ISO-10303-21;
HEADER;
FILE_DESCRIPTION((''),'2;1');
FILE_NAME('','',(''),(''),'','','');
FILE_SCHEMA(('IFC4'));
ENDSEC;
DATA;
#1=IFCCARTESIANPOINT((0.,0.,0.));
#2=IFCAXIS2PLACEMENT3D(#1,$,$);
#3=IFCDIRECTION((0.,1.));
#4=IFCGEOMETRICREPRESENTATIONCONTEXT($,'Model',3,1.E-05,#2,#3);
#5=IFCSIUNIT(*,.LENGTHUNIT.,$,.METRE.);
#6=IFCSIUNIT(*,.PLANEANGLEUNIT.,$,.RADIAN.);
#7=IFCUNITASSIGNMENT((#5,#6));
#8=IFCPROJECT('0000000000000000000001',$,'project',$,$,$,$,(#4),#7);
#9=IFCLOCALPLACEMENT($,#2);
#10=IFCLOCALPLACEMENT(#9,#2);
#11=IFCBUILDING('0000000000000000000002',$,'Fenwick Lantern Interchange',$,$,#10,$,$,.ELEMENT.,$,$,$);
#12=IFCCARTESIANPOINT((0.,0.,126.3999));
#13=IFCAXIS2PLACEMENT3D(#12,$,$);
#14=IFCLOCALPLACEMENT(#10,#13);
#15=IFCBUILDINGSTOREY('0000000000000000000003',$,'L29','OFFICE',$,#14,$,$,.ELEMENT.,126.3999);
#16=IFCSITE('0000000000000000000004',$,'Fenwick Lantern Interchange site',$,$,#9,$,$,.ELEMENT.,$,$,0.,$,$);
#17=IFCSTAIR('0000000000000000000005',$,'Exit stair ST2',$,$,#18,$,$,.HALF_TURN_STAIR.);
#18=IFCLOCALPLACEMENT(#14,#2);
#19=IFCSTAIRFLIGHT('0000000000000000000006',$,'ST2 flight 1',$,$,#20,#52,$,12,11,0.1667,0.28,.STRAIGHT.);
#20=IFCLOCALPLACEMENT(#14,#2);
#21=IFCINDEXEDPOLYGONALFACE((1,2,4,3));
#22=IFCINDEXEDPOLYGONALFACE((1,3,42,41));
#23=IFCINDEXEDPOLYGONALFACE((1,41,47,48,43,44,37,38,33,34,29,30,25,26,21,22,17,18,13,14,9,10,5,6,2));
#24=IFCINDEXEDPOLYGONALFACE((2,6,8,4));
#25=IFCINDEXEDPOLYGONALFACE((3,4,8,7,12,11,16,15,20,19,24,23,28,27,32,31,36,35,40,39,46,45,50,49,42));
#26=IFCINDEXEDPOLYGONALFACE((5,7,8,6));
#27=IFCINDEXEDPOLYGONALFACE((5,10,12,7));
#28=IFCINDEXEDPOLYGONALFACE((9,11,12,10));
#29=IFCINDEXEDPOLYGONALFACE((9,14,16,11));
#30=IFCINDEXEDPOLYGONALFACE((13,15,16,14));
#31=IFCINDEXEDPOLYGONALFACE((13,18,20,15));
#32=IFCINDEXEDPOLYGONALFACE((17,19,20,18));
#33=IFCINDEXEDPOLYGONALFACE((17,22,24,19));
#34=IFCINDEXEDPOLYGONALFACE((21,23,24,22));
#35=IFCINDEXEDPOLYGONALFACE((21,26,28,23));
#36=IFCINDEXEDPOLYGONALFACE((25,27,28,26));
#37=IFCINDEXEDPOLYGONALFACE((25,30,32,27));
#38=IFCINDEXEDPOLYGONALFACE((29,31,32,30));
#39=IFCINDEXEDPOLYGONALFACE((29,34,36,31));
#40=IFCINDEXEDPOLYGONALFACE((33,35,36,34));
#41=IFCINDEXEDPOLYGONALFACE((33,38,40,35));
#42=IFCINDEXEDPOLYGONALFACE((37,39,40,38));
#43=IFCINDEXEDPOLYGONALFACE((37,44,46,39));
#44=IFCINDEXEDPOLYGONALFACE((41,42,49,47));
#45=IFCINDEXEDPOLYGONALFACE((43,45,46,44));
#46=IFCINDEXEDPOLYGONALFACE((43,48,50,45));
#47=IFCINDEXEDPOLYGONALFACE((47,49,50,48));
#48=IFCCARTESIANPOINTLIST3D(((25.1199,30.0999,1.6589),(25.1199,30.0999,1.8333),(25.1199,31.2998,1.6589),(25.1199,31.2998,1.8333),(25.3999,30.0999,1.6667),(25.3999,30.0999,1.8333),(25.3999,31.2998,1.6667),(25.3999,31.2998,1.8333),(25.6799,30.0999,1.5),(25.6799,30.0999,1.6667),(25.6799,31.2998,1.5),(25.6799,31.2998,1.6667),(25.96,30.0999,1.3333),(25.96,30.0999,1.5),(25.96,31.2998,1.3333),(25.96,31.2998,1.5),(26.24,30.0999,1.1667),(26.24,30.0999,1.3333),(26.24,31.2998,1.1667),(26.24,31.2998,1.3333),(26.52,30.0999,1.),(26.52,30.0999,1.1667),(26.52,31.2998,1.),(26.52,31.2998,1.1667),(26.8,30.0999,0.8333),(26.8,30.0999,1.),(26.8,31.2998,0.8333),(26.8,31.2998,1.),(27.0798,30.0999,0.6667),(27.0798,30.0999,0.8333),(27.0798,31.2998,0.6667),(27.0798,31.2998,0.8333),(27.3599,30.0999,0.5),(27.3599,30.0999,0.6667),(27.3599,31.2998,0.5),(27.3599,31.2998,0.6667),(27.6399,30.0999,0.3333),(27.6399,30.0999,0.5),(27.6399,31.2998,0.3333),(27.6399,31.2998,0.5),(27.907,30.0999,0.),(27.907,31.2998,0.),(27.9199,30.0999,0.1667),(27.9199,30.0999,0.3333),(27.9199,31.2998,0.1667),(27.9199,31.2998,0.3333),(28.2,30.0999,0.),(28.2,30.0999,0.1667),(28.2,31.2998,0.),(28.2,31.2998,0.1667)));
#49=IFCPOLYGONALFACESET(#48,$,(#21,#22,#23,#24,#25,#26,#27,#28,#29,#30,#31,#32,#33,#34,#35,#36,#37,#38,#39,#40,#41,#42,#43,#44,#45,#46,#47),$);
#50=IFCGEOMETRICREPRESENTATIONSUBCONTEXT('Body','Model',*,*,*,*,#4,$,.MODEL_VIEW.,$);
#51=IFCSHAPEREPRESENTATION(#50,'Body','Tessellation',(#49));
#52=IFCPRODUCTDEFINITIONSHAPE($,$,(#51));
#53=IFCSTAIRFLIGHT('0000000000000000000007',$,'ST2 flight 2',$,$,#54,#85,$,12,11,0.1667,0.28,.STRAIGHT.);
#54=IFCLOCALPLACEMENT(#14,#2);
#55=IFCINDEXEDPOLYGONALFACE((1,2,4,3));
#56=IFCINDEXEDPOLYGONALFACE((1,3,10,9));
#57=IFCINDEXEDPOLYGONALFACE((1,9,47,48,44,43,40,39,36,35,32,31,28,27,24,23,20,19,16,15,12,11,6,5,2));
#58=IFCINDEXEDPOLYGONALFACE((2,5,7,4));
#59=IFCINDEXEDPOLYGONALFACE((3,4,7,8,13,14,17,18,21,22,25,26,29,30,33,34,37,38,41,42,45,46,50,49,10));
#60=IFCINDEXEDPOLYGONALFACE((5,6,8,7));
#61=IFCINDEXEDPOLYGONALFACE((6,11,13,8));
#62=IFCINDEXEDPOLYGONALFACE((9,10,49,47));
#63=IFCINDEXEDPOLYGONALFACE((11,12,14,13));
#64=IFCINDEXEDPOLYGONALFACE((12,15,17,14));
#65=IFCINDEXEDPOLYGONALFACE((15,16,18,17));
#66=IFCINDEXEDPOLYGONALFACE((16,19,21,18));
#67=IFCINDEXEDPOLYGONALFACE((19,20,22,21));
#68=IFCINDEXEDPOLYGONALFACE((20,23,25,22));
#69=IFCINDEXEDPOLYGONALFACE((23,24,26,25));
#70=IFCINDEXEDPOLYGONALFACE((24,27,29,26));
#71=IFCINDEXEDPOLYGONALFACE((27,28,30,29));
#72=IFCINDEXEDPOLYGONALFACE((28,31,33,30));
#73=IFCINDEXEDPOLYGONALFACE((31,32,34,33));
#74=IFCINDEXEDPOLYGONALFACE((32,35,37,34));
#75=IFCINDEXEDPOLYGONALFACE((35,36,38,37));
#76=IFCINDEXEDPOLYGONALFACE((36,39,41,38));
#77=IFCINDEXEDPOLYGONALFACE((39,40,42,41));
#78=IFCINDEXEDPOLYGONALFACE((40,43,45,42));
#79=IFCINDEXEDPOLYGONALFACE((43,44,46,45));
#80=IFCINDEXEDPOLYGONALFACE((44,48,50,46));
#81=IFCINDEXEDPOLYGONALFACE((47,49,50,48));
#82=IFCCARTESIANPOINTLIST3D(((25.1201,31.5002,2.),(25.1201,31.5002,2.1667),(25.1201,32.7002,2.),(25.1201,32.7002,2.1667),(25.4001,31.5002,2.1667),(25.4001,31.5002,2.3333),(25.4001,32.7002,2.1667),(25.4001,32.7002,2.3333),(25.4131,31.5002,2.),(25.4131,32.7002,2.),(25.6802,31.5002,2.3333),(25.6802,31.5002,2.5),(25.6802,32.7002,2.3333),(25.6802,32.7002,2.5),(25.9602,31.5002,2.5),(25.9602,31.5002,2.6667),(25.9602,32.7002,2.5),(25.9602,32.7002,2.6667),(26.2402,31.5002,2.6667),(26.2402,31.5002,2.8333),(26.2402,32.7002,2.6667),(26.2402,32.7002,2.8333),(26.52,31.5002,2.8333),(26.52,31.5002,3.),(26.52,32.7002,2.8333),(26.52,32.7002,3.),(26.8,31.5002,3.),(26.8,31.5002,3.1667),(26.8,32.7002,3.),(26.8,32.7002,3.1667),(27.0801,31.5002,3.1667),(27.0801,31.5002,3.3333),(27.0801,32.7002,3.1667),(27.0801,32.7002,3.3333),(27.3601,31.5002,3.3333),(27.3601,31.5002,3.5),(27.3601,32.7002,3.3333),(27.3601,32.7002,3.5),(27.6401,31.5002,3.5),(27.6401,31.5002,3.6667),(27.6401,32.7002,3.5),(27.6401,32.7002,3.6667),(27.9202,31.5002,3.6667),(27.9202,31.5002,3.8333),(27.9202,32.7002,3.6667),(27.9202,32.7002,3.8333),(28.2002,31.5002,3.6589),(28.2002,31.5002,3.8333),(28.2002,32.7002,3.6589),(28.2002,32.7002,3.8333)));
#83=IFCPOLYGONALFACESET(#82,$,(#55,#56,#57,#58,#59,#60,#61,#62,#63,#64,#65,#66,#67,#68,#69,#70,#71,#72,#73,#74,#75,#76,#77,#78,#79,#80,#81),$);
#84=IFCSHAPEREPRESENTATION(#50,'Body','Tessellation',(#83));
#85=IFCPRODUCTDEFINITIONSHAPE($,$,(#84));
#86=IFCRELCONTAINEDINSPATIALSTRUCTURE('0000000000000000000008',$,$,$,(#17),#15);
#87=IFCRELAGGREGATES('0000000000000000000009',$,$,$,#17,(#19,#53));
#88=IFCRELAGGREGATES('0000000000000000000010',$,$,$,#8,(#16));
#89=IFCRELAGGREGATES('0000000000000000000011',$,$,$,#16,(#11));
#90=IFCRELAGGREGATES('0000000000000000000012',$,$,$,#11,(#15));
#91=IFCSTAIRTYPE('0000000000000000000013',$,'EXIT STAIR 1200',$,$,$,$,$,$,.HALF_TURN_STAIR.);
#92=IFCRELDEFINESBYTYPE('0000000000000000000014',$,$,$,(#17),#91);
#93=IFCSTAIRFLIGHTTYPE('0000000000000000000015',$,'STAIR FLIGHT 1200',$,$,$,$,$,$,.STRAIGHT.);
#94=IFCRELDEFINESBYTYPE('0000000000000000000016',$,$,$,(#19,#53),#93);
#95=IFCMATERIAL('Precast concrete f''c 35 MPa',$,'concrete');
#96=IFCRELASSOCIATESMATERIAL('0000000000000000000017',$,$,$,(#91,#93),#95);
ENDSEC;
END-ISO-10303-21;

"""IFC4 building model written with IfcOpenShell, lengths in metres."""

from ifc_helpers import new_model, si_unit, direction, frame, origin, place, context, subcontext, project, spatial, polyline, outline, extrude, material, type_object, element, aggregate, save


model = new_model("IFC4")

# Units and contexts
model_context = context("Model", 3, precision=1e-05, world=origin(), true_north=direction((0.0, 1.0)))
body_context = subcontext(model_context, "Body", "Model", "MODEL_VIEW")
ifc_project = project(units=[si_unit("LENGTHUNIT", "METRE"), si_unit("PLANEANGLEUNIT", "RADIAN")], contexts=[model_context])

# Site, building, storey
site_placement = place(None, origin())
site = spatial("IfcSite", under=ifc_project, at=site_placement, Name="Fenwick Lantern Interchange site", CompositionType="ELEMENT", RefElevation=0.0)
building_placement = place(site_placement, origin())
building = spatial("IfcBuilding", under=site, at=building_placement, Name="Fenwick Lantern Interchange", CompositionType="ELEMENT")
storey_placement = place(building_placement, frame((0.0, 0.0, 126.3999)))
storey = spatial("IfcBuildingStorey", under=building, at=storey_placement, Name="L29", Description="OFFICE", CompositionType="ELEMENT", Elevation=126.3999)

# Stair, stair flights
ifc_material_1 = material(Name="Precast concrete f'c 35 MPa", Category="concrete")
stair_type = type_object("IfcStairType", Name="EXIT STAIR 1200", PredefinedType="HALF_TURN_STAIR", material=ifc_material_1)
stair_placement = place(storey_placement, origin())
stair = element("IfcStair", 1, at=stair_placement, inside=storey, type_object=stair_type, Name="Exit stair ST2", PredefinedType="HALF_TURN_STAIR")
stair_flight_type = type_object("IfcStairFlightType", Name="STAIR FLIGHT 1200", PredefinedType="STRAIGHT", material=ifc_material_1)
stair_flight_1_placement = place(storey_placement, frame((28.2, 30.7, 0.0), z_axis=(0.0, 0.0, 1.0), x_axis=(-1.0, 0.0, 0.0)))
stair_flight_1 = element("IfcStairFlight", 2, at=stair_flight_1_placement, type_object=stair_flight_type, Name="ST2 flight 1", NumberOfRisers=12, NumberOfTreads=11, PredefinedType="STRAIGHT", RiserHeight=0.1667, TreadLength=0.28, context=body_context, shape_type="SweptSolid", body=[
    extrude(outline(polyline([(0.0, 0.0), (0.0, 0.1667), (0.28, 0.1667), (0.28, 0.3333), (0.5601, 0.3333), (0.5601, 0.5), (0.8401, 0.5), (0.8401, 0.6667), (1.1201, 0.6667), (1.1201, 0.8333), (1.3999, 0.8333), (1.3999, 1.0), (1.6799, 1.0), (1.6799, 1.1667), (1.96, 1.1667), (1.96, 1.3333), (2.24, 1.3333), (2.24, 1.5), (2.52, 1.5), (2.52, 1.6667), (2.8, 1.6667), (2.8, 1.8333), (3.0801, 1.8333), (3.0801, 2.0), (3.0801, 1.6589), (0.293, 0.0), (0.0, 0.0)])), frame((0.0, 0.6001, 0.0), z_axis=(0.0, -1.0, 0.0), x_axis=(1.0, 0.0, 0.0)), (0.0, 0.0, 1.0), 1.2),
])
stair_flight_2_placement = place(storey_placement, frame((25.1201, 32.1001, 2.0), z_axis=(0.0, 0.0, 1.0), x_axis=(1.0, 0.0, 0.0)))
stair_flight_2 = element("IfcStairFlight", 3, at=stair_flight_2_placement, type_object=stair_flight_type, Name="ST2 flight 2", NumberOfRisers=12, NumberOfTreads=11, PredefinedType="STRAIGHT", RiserHeight=0.1667, TreadLength=0.28, context=body_context, shape_type="SweptSolid", body=[
    extrude(outline(polyline([(0.0, 0.0), (0.0, 0.1667), (0.28, 0.1667), (0.28, 0.3333), (0.5601, 0.3333), (0.5601, 0.5), (0.8401, 0.5), (0.8401, 0.6667), (1.1201, 0.6667), (1.1201, 0.8333), (1.3999, 0.8333), (1.3999, 1.0), (1.6799, 1.0), (1.6799, 1.1667), (1.96, 1.1667), (1.96, 1.3333), (2.24, 1.3333), (2.24, 1.5), (2.52, 1.5), (2.52, 1.6667), (2.8, 1.6667), (2.8, 1.8333), (3.0801, 1.8333), (3.0801, 2.0), (3.0801, 1.6589), (0.293, 0.0), (0.0, 0.0)])), frame((0.0, 0.6001, 0.0), z_axis=(0.0, -1.0, 0.0), x_axis=(1.0, 0.0, 0.0)), (0.0, 0.0, 1.0), 1.2),
])
aggregate(stair, [stair_flight_1, stair_flight_2])

save(model, "model.ifc")
